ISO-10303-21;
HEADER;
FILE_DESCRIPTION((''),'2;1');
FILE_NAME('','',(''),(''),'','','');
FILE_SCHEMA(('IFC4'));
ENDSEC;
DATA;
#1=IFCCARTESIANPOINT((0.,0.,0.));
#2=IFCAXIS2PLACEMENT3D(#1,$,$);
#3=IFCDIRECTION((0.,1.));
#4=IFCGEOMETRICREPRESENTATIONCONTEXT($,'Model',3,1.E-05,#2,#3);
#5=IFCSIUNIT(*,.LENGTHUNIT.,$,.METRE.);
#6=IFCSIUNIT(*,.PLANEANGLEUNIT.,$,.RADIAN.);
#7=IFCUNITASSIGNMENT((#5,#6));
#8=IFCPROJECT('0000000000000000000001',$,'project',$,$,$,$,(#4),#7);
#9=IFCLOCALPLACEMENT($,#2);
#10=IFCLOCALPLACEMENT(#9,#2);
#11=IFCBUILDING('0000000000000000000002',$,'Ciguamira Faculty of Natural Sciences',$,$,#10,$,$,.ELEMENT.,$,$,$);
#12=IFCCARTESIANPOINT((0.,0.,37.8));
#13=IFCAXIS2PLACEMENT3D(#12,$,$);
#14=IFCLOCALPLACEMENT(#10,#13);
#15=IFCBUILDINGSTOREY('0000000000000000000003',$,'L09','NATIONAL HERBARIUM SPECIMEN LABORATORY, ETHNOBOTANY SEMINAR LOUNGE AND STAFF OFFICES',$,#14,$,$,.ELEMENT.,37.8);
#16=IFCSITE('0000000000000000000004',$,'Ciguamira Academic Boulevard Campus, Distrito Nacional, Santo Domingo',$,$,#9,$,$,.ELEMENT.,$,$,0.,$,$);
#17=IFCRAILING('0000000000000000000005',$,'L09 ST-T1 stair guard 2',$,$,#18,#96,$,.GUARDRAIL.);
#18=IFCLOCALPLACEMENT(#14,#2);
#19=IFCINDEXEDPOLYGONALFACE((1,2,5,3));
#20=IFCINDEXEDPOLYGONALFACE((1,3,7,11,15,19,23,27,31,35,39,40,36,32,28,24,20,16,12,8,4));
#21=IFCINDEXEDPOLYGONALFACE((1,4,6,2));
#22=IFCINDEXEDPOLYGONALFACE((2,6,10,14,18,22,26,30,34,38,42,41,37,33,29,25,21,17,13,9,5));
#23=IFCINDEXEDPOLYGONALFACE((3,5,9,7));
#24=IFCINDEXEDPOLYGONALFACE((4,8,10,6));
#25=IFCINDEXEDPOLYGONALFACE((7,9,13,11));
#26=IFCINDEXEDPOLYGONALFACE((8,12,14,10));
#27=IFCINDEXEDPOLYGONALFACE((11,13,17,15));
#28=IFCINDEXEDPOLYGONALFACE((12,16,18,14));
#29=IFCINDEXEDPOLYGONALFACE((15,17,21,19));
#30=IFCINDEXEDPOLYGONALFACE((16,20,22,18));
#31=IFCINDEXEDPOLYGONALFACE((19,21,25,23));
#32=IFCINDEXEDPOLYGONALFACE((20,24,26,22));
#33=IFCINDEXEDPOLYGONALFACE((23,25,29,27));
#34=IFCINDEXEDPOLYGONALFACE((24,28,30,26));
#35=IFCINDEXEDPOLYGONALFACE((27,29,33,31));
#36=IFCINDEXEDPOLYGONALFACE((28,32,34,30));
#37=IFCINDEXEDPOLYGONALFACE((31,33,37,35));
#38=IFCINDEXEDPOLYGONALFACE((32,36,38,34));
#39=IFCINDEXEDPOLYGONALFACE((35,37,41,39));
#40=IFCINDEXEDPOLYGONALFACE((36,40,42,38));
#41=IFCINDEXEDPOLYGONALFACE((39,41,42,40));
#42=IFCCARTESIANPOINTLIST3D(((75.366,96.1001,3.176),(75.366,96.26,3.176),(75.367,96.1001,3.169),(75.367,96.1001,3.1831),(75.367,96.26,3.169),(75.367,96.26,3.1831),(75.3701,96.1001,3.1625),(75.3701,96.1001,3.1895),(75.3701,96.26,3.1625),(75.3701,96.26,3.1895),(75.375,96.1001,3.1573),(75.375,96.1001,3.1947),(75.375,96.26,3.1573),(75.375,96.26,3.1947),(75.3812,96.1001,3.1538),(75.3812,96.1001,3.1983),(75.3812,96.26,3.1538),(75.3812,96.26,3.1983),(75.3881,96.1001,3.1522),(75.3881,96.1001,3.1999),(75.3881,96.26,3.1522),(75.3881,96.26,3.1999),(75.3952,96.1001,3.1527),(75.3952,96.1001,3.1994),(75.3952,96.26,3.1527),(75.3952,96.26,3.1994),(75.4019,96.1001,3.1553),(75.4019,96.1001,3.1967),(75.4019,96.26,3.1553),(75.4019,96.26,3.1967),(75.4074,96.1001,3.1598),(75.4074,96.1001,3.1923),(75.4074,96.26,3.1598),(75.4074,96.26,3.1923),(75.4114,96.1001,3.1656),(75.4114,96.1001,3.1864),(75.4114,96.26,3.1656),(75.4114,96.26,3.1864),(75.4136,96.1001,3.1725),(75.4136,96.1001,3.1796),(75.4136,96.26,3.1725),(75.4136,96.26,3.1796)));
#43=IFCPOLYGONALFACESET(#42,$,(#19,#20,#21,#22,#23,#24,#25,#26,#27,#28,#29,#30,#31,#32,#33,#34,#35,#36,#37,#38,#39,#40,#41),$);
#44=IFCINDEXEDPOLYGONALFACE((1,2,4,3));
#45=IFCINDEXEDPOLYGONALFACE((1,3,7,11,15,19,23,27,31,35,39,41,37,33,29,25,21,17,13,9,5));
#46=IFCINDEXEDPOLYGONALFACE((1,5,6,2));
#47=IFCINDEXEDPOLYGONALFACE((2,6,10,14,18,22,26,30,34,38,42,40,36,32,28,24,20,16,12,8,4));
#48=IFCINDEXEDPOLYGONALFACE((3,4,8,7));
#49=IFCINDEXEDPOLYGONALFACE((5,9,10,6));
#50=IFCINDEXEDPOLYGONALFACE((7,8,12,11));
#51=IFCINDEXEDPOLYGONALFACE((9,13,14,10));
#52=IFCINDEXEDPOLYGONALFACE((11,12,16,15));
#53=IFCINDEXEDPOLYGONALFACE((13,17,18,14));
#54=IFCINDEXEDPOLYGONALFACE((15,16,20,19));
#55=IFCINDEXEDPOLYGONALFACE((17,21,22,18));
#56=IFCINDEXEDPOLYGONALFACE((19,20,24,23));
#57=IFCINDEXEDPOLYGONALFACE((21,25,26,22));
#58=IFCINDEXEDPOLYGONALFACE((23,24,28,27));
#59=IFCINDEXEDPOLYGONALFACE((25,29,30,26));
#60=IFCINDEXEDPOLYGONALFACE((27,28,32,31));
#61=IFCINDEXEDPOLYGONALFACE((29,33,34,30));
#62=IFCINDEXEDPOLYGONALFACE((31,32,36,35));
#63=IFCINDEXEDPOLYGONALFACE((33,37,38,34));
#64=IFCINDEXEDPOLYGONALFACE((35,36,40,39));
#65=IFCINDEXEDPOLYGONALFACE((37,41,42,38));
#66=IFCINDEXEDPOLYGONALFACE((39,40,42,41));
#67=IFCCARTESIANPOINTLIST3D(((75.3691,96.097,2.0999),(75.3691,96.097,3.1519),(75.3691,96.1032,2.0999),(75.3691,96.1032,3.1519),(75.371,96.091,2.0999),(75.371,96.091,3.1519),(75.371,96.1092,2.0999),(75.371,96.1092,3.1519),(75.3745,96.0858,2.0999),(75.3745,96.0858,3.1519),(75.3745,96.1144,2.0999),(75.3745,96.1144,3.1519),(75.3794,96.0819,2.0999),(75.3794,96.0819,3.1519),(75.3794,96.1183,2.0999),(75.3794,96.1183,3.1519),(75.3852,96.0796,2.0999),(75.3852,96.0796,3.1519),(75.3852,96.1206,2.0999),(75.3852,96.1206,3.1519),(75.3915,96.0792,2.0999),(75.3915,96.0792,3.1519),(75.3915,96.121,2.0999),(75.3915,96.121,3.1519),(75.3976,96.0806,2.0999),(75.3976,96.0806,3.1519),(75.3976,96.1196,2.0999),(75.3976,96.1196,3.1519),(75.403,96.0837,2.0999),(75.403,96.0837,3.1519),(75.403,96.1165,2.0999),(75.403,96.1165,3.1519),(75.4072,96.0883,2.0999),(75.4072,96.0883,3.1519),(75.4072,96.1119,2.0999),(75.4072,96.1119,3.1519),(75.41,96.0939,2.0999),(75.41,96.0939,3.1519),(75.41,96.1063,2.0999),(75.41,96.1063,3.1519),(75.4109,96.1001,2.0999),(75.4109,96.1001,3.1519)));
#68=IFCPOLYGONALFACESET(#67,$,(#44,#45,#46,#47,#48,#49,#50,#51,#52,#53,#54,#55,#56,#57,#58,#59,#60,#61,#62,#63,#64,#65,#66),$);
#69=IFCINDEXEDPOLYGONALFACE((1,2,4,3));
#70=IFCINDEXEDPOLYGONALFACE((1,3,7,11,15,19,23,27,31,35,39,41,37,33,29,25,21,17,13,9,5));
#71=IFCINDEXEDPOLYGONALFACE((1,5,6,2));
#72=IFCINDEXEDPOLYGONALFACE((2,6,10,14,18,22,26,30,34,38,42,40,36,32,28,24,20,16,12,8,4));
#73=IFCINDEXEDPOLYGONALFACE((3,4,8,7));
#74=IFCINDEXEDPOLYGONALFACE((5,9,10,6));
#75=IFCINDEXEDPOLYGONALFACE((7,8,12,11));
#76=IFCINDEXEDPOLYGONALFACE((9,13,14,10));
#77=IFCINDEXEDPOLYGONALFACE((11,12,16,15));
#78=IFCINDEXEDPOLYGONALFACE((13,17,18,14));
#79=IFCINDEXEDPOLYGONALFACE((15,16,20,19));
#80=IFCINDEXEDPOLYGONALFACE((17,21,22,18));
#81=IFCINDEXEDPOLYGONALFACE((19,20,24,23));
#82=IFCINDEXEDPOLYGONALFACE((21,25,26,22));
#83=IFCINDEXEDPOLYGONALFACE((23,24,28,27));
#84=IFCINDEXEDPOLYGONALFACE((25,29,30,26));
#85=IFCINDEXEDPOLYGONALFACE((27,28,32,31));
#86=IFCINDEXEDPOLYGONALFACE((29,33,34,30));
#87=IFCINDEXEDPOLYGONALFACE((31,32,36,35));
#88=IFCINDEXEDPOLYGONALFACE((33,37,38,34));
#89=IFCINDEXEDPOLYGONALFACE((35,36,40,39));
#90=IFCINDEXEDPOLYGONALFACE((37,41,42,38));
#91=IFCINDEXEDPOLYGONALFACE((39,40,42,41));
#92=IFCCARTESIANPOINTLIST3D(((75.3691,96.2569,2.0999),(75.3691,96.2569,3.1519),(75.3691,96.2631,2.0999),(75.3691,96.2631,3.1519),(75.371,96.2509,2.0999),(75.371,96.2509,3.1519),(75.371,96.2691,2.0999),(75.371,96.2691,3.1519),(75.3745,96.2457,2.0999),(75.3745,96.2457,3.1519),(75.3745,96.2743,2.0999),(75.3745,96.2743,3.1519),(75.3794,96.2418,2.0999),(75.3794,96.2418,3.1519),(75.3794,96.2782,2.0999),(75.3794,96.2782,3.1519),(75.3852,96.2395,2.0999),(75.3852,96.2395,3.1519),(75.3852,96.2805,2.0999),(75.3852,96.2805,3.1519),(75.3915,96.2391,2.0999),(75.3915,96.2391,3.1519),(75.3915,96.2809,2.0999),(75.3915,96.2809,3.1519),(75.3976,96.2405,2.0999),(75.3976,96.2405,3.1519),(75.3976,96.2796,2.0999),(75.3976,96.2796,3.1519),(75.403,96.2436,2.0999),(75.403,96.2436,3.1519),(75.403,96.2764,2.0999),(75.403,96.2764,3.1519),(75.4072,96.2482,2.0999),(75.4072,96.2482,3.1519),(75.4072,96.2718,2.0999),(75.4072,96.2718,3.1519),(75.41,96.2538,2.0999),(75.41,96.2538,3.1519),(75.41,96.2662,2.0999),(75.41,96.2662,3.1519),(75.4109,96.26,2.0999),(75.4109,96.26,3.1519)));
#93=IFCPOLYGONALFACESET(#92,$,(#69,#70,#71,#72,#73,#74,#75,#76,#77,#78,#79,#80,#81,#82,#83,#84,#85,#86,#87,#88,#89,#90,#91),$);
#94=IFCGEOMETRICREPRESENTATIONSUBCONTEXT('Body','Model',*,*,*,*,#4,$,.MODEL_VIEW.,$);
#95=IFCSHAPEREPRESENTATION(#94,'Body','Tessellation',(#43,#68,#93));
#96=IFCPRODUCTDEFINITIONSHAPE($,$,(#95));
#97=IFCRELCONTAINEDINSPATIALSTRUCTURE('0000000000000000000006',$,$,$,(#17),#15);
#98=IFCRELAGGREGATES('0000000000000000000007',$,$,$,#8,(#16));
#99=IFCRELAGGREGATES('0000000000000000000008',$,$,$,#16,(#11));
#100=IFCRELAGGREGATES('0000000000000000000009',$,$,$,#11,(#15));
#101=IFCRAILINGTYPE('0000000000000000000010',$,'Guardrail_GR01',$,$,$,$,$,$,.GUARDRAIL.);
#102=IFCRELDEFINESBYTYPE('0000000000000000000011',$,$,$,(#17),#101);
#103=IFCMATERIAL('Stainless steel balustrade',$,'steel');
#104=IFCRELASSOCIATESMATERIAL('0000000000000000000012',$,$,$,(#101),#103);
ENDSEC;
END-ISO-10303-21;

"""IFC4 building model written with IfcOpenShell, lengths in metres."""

from ifc_helpers import new_model, si_unit, direction, frame, origin, origin_2d, place, context, subcontext, project, spatial, circle, extrude, material, type_object, element, save


model = new_model("IFC4")

# Units and contexts
model_context = context("Model", 3, precision=1e-05, world=origin(), true_north=direction((0.0, 1.0)))
body_context = subcontext(model_context, "Body", "Model", "MODEL_VIEW")
ifc_project = project(units=[si_unit("LENGTHUNIT", "METRE"), si_unit("PLANEANGLEUNIT", "RADIAN")], contexts=[model_context])

# Site, building, storey
site_placement = place(None, origin())
site = spatial("IfcSite", under=ifc_project, at=site_placement, Name="Ciguamira Academic Boulevard Campus, Distrito Nacional, Santo Domingo", CompositionType="ELEMENT", RefElevation=0.0)
building_placement = place(site_placement, origin())
building = spatial("IfcBuilding", under=site, at=building_placement, Name="Ciguamira Faculty of Natural Sciences", CompositionType="ELEMENT")
storey_placement = place(building_placement, frame((0.0, 0.0, 37.8)))
storey = spatial("IfcBuildingStorey", under=building, at=storey_placement, Name="L09", Description="NATIONAL HERBARIUM SPECIMEN LABORATORY, ETHNOBOTANY SEMINAR LOUNGE AND STAFF OFFICES", CompositionType="ELEMENT", Elevation=37.8)

# Railing
ifc_material_1 = material(Name="Stainless steel balustrade", Category="steel")
railing_type_1 = type_object("IfcRailingType", Name="Guardrail_GR01", PredefinedType="GUARDRAIL", material=ifc_material_1)
railing_1_placement = place(storey_placement, frame((75.3899, 96.1001, 2.0999)))
element("IfcRailing", 1, at=railing_1_placement, inside=storey, type_object=railing_type_1, Name="L09 ST-T1 stair guard 2", PredefinedType="GUARDRAIL", context=body_context, shape_type="SweptSolid", body=[
    extrude(circle(Radius=0.0239, at=origin_2d()), frame((0.0, 0.0, 1.0762), z_axis=(0.0, 1.0, 0.0), x_axis=(-1.0, 0.0, 0.0)), (0.0, 0.0, 1.0), 0.1599),
    extrude(circle(Radius=0.021, at=origin_2d()), origin(), (0.0, 0.0, 1.0), 1.052),
    extrude(circle(Radius=0.021, at=origin_2d()), frame((0.0, 0.1599, 0.0)), (0.0, 0.0, 1.0), 1.052),
])

save(model, "model.ifc")
